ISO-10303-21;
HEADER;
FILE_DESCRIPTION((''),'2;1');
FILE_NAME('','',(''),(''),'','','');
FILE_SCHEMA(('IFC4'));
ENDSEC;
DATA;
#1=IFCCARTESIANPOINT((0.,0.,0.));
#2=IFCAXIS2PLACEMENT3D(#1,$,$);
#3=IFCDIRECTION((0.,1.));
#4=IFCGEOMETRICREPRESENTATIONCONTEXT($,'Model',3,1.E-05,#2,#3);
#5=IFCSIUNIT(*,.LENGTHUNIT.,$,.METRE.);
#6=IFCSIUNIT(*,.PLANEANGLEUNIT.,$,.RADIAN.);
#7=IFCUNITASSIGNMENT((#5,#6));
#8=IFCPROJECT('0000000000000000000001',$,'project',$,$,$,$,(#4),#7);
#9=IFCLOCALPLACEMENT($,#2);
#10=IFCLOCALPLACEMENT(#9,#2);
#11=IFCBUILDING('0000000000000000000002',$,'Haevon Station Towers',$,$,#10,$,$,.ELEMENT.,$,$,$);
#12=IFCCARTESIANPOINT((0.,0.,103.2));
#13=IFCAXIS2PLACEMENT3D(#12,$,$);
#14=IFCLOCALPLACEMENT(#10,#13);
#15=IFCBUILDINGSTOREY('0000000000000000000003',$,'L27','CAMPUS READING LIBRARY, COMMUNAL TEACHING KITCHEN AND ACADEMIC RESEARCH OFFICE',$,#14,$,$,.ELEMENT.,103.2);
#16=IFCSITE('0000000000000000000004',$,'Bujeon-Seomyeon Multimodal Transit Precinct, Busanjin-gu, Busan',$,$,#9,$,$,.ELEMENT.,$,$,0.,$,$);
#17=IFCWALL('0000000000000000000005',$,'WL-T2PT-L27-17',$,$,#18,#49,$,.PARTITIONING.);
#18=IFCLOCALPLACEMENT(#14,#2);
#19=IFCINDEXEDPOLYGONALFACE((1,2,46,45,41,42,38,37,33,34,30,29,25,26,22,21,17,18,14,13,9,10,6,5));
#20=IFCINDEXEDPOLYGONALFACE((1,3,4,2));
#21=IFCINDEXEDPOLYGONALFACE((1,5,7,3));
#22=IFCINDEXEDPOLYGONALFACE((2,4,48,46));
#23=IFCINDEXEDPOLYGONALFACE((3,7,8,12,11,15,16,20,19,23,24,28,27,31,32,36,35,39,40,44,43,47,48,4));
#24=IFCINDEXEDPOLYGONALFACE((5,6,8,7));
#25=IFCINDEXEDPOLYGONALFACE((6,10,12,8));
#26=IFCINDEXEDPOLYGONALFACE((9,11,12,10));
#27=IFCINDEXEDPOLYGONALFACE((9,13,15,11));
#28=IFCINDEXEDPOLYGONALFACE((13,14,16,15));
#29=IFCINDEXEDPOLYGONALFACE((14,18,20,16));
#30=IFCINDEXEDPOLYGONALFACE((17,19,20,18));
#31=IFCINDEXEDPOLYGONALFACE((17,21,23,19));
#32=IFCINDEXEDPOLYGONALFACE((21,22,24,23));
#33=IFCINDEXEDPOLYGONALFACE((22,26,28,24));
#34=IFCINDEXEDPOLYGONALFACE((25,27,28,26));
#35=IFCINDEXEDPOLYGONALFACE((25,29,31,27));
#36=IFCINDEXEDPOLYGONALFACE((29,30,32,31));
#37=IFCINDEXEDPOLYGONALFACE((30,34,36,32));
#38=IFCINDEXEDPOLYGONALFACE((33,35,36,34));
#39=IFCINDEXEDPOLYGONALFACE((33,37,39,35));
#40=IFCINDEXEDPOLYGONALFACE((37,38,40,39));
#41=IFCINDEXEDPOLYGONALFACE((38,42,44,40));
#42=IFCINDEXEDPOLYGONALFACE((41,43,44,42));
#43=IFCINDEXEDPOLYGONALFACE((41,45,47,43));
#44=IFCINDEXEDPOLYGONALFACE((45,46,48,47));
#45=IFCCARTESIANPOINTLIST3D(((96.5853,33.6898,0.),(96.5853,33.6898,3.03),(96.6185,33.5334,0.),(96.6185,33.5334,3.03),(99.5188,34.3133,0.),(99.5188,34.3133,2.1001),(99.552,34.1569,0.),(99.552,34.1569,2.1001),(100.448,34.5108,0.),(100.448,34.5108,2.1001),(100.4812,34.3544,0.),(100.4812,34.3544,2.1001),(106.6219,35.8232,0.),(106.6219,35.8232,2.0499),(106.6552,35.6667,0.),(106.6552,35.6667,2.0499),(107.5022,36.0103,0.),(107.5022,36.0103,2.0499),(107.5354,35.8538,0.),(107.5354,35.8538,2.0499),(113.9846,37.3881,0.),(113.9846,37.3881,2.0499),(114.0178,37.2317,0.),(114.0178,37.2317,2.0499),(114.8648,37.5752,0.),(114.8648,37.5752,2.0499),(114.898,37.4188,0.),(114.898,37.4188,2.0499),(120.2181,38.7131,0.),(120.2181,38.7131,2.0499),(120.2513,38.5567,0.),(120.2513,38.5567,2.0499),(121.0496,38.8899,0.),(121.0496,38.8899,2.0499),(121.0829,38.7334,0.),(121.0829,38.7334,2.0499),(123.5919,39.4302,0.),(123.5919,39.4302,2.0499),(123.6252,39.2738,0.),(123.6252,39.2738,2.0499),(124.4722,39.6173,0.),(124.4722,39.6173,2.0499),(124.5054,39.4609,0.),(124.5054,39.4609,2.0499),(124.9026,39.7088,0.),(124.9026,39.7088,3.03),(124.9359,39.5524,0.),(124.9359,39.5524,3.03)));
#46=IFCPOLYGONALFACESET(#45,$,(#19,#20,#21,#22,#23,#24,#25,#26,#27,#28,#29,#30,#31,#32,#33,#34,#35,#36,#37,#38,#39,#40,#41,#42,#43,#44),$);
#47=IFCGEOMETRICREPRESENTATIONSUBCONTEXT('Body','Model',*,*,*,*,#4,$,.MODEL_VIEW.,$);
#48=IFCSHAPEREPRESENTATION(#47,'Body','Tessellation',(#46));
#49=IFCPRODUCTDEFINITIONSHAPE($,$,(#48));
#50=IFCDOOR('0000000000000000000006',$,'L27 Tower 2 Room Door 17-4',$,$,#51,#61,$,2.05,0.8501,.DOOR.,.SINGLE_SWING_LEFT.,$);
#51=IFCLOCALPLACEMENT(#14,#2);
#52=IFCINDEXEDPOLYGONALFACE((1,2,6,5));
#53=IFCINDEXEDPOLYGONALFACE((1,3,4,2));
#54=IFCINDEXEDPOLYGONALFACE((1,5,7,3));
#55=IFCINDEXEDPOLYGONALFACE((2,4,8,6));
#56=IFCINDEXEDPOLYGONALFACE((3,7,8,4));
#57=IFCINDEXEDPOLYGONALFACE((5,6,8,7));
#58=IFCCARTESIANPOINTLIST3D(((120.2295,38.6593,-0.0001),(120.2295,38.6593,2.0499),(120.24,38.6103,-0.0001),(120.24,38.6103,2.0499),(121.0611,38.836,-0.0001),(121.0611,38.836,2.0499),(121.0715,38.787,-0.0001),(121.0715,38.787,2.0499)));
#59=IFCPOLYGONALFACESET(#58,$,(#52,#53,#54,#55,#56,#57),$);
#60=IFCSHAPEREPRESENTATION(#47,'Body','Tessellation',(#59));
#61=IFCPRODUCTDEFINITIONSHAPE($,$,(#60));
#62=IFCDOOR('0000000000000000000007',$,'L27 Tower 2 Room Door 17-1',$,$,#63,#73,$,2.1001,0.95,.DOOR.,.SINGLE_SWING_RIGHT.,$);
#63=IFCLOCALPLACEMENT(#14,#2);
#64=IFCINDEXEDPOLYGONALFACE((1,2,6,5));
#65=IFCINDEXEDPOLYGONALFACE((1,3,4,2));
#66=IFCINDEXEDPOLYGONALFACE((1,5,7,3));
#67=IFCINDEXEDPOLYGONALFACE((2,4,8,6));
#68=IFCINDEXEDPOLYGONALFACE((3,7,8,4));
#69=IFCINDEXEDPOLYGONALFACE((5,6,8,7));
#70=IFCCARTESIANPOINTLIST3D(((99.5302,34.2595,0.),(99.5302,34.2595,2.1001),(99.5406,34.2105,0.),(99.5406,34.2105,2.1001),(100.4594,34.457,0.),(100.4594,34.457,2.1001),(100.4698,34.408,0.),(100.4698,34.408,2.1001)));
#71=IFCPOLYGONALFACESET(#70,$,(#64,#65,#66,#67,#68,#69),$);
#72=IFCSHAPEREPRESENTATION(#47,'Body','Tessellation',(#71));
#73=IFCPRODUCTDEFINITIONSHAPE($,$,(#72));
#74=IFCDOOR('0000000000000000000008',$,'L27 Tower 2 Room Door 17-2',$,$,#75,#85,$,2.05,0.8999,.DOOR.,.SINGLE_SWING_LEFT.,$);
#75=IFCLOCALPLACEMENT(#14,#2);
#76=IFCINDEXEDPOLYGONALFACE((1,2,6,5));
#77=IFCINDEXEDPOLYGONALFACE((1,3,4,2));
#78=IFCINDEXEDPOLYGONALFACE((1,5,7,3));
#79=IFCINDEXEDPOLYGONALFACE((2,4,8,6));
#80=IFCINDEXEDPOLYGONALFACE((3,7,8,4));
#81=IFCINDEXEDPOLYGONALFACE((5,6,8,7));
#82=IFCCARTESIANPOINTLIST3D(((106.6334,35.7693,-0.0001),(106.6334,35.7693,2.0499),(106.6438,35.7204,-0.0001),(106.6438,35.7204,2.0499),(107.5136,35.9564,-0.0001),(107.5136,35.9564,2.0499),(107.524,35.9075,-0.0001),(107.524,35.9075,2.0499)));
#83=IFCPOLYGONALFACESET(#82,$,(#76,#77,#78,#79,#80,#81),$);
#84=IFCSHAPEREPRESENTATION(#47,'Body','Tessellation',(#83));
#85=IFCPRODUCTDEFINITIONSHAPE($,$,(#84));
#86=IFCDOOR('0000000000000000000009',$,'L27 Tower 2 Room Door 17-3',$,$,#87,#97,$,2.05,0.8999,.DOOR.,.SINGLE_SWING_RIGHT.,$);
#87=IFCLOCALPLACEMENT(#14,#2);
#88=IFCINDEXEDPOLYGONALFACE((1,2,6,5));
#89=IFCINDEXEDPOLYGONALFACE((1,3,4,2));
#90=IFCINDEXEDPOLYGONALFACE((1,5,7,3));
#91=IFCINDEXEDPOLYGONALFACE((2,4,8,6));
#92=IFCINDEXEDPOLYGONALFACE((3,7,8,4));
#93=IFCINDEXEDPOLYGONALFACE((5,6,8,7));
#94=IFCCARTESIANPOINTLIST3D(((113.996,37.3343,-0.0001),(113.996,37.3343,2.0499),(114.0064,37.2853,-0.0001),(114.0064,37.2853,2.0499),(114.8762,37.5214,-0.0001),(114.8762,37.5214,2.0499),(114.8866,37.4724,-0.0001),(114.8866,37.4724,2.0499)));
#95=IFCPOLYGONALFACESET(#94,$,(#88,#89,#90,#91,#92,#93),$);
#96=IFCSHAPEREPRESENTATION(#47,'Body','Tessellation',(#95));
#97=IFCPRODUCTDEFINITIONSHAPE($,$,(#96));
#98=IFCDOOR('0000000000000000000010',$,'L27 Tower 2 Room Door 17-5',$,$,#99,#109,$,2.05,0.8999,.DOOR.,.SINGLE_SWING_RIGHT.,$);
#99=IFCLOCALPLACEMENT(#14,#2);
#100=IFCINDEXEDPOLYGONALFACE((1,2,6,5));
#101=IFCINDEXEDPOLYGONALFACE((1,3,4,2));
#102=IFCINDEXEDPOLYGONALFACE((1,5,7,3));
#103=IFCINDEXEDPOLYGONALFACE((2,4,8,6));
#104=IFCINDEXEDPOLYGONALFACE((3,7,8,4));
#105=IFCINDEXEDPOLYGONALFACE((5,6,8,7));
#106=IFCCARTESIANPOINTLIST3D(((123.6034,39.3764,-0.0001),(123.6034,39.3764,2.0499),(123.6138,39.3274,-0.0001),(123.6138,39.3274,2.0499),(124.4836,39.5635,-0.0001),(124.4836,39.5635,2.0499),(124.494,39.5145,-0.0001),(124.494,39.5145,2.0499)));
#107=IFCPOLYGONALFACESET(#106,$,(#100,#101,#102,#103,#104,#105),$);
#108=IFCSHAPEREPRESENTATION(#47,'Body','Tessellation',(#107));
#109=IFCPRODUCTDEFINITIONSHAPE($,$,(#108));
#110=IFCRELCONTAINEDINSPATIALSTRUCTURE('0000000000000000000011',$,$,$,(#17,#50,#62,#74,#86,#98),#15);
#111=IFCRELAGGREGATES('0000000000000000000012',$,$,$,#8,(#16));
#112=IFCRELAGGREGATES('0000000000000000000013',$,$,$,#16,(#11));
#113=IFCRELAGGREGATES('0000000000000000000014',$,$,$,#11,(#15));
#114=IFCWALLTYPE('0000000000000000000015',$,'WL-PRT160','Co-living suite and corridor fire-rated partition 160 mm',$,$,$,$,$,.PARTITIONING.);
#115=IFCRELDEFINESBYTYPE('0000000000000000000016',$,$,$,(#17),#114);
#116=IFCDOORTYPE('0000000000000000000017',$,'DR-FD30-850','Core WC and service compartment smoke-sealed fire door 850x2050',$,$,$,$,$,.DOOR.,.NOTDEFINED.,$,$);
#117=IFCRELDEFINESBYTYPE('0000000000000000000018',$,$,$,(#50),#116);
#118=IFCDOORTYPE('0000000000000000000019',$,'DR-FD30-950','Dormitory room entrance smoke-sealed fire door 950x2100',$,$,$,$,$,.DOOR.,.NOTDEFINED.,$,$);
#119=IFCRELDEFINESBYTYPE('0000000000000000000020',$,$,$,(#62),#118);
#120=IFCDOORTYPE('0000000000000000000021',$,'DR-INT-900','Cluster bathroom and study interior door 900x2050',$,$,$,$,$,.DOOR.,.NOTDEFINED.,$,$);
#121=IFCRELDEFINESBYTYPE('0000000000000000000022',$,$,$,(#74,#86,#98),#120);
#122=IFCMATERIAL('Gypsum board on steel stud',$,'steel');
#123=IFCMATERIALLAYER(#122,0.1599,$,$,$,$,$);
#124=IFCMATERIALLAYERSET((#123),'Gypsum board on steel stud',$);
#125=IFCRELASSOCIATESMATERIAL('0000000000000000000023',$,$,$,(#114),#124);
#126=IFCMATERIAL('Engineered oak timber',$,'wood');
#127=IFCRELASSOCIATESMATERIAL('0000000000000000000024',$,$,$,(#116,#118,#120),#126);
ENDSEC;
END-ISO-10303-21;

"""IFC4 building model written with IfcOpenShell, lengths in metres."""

from ifc_helpers import new_model, si_unit, direction, frame, frame_2d, origin, place, context, subcontext, project, spatial, rectangle, extrude, material, layer, layer_set, type_object, element, fill, save


model = new_model("IFC4")

# Units and contexts
model_context = context("Model", 3, precision=1e-05, world=origin(), true_north=direction((0.0, 1.0)))
body_context = subcontext(model_context, "Body", "Model", "MODEL_VIEW")
ifc_project = project(units=[si_unit("LENGTHUNIT", "METRE"), si_unit("PLANEANGLEUNIT", "RADIAN")], contexts=[model_context])

# Site, building, storey
site_placement = place(None, origin())
site = spatial("IfcSite", under=ifc_project, at=site_placement, Name="Bujeon-Seomyeon Multimodal Transit Precinct, Busanjin-gu, Busan", CompositionType="ELEMENT", RefElevation=0.0)
building_placement = place(site_placement, origin())
building = spatial("IfcBuilding", under=site, at=building_placement, Name="Haevon Station Towers", CompositionType="ELEMENT")
storey_placement = place(building_placement, frame((0.0, 0.0, 103.2)))
storey = spatial("IfcBuildingStorey", under=building, at=storey_placement, Name="L27", Description="CAMPUS READING LIBRARY, COMMUNAL TEACHING KITCHEN AND ACADEMIC RESEARCH OFFICE", CompositionType="ELEMENT", Elevation=103.2)

# Shared definitions
ifc_material_1 = material(Name="Gypsum board on steel stud", Category="steel")
ifc_layer_1 = layer(ifc_material_1, 0.1599)
ifc_layer_set_1 = layer_set([ifc_layer_1], Name="Gypsum board on steel stud")
wall_type_1 = type_object("IfcWallType", Name="WL-PRT160", Description="Co-living suite and corridor fire-rated partition 160 mm", PredefinedType="PARTITIONING", material=ifc_layer_set_1)

# Wall, openings, doors
wall_1_placement = place(storey_placement, frame((96.6018, 33.6116, 0.0), z_axis=(0.0, 0.0, 1.0), x_axis=(0.978148, 0.207912, 0.0)))
wall_1 = element("IfcWall", 1, at=wall_1_placement, inside=storey, type_object=wall_type_1, Name="WL-T2PT-L27-17", PredefinedType="PARTITIONING", context=body_context, shape_type="SweptSolid", body=[
    extrude(rectangle(XDim=28.95, YDim=0.1599, at=frame_2d((14.4751, 0.0))), origin(), (0.0, 0.0, 1.0), 3.03),
])
opening_1_placement = place(wall_1_placement, frame((2.999, 0.0, 0.0)))
opening_1 = element("IfcOpeningElement", 2, at=opening_1_placement, cuts=wall_1, PredefinedType="OPENING", context=body_context, shape_type="SweptSolid", body=[
    extrude(rectangle(XDim=0.95, YDim=2.1001, at=frame_2d((0.4751, 1.05))), frame((0.0, 0.0898, 0.0), z_axis=(0.0, -1.0, 0.0), x_axis=(1.0, 0.0, 0.0)), (0.0, 0.0, 1.0), 0.1799),
])
opening_2_placement = place(wall_1_placement, frame((10.261, 0.0, 0.0)))
opening_2 = element("IfcOpeningElement", 3, at=opening_2_placement, cuts=wall_1, PredefinedType="OPENING", context=body_context, shape_type="SweptSolid", body=[
    extrude(rectangle(XDim=0.8999, YDim=2.05, at=frame_2d((0.45, 1.0249))), frame((0.0, 0.0898, 0.0), z_axis=(0.0, -1.0, 0.0), x_axis=(1.0, 0.0, 0.0)), (0.0, 0.0, 1.0), 0.1799),
])
opening_3_placement = place(wall_1_placement, frame((17.7881, 0.0, 0.0)))
opening_3 = element("IfcOpeningElement", 4, at=opening_3_placement, cuts=wall_1, PredefinedType="OPENING", context=body_context, shape_type="SweptSolid", body=[
    extrude(rectangle(XDim=0.8999, YDim=2.05, at=frame_2d((0.45, 1.0249))), frame((0.0, 0.0898, 0.0), z_axis=(0.0, -1.0, 0.0), x_axis=(1.0, 0.0, 0.0)), (0.0, 0.0, 1.0), 0.1799),
])
opening_4_placement = place(wall_1_placement, frame((24.1609, 0.0, 0.0)))
opening_4 = element("IfcOpeningElement", 5, at=opening_4_placement, cuts=wall_1, PredefinedType="OPENING", context=body_context, shape_type="SweptSolid", body=[
    extrude(rectangle(XDim=0.8501, YDim=2.05, at=frame_2d((0.425, 1.0249))), frame((0.0, 0.0898, 0.0), z_axis=(0.0, -1.0, 0.0), x_axis=(1.0, 0.0, 0.0)), (0.0, 0.0, 1.0), 0.1799),
])
opening_5_placement = place(wall_1_placement, frame((27.6101, 0.0, 0.0)))
opening_5 = element("IfcOpeningElement", 6, at=opening_5_placement, cuts=wall_1, PredefinedType="OPENING", context=body_context, shape_type="SweptSolid", body=[
    extrude(rectangle(XDim=0.8999, YDim=2.05, at=frame_2d((0.45, 1.0249))), frame((0.0, 0.0898, 0.0), z_axis=(0.0, -1.0, 0.0), x_axis=(1.0, 0.0, 0.0)), (0.0, 0.0, 1.0), 0.1799),
])
ifc_material_2 = material(Name="Engineered oak timber", Category="wood")
door_type_1 = type_object("IfcDoorType", Name="DR-FD30-850", Description="Core WC and service compartment smoke-sealed fire door 850x2050", OperationType="NOTDEFINED", PredefinedType="DOOR", material=ifc_material_2)
door_1_placement = place(opening_4_placement, origin())
door_1 = element("IfcDoor", 7, at=door_1_placement, inside=storey, type_object=door_type_1, Name="L27 Tower 2 Room Door 17-4", OperationType="SINGLE_SWING_LEFT", OverallHeight=2.05, OverallWidth=0.8501, PredefinedType="DOOR", context=body_context, shape_type="SweptSolid", body=[
    extrude(rectangle(XDim=0.8501, YDim=2.05, at=frame_2d((0.425, 1.0249))), frame((0.0, 0.0249, 0.0), z_axis=(0.0, -1.0, 0.0), x_axis=(1.0, 0.0, 0.0)), (0.0, 0.0, 1.0), 0.05),
])
fill(opening_4, door_1)
door_type_2 = type_object("IfcDoorType", Name="DR-FD30-950", Description="Dormitory room entrance smoke-sealed fire door 950x2100", OperationType="NOTDEFINED", PredefinedType="DOOR", material=ifc_material_2)
door_2_placement = place(opening_1_placement, origin())
door_2 = element("IfcDoor", 8, at=door_2_placement, inside=storey, type_object=door_type_2, Name="L27 Tower 2 Room Door 17-1", OperationType="SINGLE_SWING_RIGHT", OverallHeight=2.1001, OverallWidth=0.95, PredefinedType="DOOR", context=body_context, shape_type="SweptSolid", body=[
    extrude(rectangle(XDim=0.95, YDim=2.1001, at=frame_2d((0.4751, 1.05))), frame((0.0, 0.0249, 0.0), z_axis=(0.0, -1.0, 0.0), x_axis=(1.0, 0.0, 0.0)), (0.0, 0.0, 1.0), 0.05),
])
fill(opening_1, door_2)
door_type_3 = type_object("IfcDoorType", Name="DR-INT-900", Description="Cluster bathroom and study interior door 900x2050", OperationType="NOTDEFINED", PredefinedType="DOOR", material=ifc_material_2)
door_3_placement = place(opening_2_placement, origin())
door_3 = element("IfcDoor", 9, at=door_3_placement, inside=storey, type_object=door_type_3, Name="L27 Tower 2 Room Door 17-2", OperationType="SINGLE_SWING_LEFT", OverallHeight=2.05, OverallWidth=0.8999, PredefinedType="DOOR", context=body_context, shape_type="SweptSolid", body=[
    extrude(rectangle(XDim=0.8999, YDim=2.05, at=frame_2d((0.45, 1.0249))), frame((0.0, 0.0249, 0.0), z_axis=(0.0, -1.0, 0.0), x_axis=(1.0, 0.0, 0.0)), (0.0, 0.0, 1.0), 0.05),
])
fill(opening_2, door_3)
door_4_placement = place(opening_3_placement, origin())
door_4 = element("IfcDoor", 10, at=door_4_placement, inside=storey, type_object=door_type_3, Name="L27 Tower 2 Room Door 17-3", OperationType="SINGLE_SWING_RIGHT", OverallHeight=2.05, OverallWidth=0.8999, PredefinedType="DOOR", context=body_context, shape_type="SweptSolid", body=[
    extrude(rectangle(XDim=0.8999, YDim=2.05, at=frame_2d((0.45, 1.0249))), frame((0.0, 0.0249, 0.0), z_axis=(0.0, -1.0, 0.0), x_axis=(1.0, 0.0, 0.0)), (0.0, 0.0, 1.0), 0.05),
])
fill(opening_3, door_4)
door_5_placement = place(opening_5_placement, origin())
door_5 = element("IfcDoor", 11, at=door_5_placement, inside=storey, type_object=door_type_3, Name="L27 Tower 2 Room Door 17-5", OperationType="SINGLE_SWING_RIGHT", OverallHeight=2.05, OverallWidth=0.8999, PredefinedType="DOOR", context=body_context, shape_type="SweptSolid", body=[
    extrude(rectangle(XDim=0.8999, YDim=2.05, at=frame_2d((0.45, 1.0249))), frame((0.0, 0.0249, 0.0), z_axis=(0.0, -1.0, 0.0), x_axis=(1.0, 0.0, 0.0)), (0.0, 0.0, 1.0), 0.05),
])
fill(opening_5, door_5)

save(model, "model.ifc")
